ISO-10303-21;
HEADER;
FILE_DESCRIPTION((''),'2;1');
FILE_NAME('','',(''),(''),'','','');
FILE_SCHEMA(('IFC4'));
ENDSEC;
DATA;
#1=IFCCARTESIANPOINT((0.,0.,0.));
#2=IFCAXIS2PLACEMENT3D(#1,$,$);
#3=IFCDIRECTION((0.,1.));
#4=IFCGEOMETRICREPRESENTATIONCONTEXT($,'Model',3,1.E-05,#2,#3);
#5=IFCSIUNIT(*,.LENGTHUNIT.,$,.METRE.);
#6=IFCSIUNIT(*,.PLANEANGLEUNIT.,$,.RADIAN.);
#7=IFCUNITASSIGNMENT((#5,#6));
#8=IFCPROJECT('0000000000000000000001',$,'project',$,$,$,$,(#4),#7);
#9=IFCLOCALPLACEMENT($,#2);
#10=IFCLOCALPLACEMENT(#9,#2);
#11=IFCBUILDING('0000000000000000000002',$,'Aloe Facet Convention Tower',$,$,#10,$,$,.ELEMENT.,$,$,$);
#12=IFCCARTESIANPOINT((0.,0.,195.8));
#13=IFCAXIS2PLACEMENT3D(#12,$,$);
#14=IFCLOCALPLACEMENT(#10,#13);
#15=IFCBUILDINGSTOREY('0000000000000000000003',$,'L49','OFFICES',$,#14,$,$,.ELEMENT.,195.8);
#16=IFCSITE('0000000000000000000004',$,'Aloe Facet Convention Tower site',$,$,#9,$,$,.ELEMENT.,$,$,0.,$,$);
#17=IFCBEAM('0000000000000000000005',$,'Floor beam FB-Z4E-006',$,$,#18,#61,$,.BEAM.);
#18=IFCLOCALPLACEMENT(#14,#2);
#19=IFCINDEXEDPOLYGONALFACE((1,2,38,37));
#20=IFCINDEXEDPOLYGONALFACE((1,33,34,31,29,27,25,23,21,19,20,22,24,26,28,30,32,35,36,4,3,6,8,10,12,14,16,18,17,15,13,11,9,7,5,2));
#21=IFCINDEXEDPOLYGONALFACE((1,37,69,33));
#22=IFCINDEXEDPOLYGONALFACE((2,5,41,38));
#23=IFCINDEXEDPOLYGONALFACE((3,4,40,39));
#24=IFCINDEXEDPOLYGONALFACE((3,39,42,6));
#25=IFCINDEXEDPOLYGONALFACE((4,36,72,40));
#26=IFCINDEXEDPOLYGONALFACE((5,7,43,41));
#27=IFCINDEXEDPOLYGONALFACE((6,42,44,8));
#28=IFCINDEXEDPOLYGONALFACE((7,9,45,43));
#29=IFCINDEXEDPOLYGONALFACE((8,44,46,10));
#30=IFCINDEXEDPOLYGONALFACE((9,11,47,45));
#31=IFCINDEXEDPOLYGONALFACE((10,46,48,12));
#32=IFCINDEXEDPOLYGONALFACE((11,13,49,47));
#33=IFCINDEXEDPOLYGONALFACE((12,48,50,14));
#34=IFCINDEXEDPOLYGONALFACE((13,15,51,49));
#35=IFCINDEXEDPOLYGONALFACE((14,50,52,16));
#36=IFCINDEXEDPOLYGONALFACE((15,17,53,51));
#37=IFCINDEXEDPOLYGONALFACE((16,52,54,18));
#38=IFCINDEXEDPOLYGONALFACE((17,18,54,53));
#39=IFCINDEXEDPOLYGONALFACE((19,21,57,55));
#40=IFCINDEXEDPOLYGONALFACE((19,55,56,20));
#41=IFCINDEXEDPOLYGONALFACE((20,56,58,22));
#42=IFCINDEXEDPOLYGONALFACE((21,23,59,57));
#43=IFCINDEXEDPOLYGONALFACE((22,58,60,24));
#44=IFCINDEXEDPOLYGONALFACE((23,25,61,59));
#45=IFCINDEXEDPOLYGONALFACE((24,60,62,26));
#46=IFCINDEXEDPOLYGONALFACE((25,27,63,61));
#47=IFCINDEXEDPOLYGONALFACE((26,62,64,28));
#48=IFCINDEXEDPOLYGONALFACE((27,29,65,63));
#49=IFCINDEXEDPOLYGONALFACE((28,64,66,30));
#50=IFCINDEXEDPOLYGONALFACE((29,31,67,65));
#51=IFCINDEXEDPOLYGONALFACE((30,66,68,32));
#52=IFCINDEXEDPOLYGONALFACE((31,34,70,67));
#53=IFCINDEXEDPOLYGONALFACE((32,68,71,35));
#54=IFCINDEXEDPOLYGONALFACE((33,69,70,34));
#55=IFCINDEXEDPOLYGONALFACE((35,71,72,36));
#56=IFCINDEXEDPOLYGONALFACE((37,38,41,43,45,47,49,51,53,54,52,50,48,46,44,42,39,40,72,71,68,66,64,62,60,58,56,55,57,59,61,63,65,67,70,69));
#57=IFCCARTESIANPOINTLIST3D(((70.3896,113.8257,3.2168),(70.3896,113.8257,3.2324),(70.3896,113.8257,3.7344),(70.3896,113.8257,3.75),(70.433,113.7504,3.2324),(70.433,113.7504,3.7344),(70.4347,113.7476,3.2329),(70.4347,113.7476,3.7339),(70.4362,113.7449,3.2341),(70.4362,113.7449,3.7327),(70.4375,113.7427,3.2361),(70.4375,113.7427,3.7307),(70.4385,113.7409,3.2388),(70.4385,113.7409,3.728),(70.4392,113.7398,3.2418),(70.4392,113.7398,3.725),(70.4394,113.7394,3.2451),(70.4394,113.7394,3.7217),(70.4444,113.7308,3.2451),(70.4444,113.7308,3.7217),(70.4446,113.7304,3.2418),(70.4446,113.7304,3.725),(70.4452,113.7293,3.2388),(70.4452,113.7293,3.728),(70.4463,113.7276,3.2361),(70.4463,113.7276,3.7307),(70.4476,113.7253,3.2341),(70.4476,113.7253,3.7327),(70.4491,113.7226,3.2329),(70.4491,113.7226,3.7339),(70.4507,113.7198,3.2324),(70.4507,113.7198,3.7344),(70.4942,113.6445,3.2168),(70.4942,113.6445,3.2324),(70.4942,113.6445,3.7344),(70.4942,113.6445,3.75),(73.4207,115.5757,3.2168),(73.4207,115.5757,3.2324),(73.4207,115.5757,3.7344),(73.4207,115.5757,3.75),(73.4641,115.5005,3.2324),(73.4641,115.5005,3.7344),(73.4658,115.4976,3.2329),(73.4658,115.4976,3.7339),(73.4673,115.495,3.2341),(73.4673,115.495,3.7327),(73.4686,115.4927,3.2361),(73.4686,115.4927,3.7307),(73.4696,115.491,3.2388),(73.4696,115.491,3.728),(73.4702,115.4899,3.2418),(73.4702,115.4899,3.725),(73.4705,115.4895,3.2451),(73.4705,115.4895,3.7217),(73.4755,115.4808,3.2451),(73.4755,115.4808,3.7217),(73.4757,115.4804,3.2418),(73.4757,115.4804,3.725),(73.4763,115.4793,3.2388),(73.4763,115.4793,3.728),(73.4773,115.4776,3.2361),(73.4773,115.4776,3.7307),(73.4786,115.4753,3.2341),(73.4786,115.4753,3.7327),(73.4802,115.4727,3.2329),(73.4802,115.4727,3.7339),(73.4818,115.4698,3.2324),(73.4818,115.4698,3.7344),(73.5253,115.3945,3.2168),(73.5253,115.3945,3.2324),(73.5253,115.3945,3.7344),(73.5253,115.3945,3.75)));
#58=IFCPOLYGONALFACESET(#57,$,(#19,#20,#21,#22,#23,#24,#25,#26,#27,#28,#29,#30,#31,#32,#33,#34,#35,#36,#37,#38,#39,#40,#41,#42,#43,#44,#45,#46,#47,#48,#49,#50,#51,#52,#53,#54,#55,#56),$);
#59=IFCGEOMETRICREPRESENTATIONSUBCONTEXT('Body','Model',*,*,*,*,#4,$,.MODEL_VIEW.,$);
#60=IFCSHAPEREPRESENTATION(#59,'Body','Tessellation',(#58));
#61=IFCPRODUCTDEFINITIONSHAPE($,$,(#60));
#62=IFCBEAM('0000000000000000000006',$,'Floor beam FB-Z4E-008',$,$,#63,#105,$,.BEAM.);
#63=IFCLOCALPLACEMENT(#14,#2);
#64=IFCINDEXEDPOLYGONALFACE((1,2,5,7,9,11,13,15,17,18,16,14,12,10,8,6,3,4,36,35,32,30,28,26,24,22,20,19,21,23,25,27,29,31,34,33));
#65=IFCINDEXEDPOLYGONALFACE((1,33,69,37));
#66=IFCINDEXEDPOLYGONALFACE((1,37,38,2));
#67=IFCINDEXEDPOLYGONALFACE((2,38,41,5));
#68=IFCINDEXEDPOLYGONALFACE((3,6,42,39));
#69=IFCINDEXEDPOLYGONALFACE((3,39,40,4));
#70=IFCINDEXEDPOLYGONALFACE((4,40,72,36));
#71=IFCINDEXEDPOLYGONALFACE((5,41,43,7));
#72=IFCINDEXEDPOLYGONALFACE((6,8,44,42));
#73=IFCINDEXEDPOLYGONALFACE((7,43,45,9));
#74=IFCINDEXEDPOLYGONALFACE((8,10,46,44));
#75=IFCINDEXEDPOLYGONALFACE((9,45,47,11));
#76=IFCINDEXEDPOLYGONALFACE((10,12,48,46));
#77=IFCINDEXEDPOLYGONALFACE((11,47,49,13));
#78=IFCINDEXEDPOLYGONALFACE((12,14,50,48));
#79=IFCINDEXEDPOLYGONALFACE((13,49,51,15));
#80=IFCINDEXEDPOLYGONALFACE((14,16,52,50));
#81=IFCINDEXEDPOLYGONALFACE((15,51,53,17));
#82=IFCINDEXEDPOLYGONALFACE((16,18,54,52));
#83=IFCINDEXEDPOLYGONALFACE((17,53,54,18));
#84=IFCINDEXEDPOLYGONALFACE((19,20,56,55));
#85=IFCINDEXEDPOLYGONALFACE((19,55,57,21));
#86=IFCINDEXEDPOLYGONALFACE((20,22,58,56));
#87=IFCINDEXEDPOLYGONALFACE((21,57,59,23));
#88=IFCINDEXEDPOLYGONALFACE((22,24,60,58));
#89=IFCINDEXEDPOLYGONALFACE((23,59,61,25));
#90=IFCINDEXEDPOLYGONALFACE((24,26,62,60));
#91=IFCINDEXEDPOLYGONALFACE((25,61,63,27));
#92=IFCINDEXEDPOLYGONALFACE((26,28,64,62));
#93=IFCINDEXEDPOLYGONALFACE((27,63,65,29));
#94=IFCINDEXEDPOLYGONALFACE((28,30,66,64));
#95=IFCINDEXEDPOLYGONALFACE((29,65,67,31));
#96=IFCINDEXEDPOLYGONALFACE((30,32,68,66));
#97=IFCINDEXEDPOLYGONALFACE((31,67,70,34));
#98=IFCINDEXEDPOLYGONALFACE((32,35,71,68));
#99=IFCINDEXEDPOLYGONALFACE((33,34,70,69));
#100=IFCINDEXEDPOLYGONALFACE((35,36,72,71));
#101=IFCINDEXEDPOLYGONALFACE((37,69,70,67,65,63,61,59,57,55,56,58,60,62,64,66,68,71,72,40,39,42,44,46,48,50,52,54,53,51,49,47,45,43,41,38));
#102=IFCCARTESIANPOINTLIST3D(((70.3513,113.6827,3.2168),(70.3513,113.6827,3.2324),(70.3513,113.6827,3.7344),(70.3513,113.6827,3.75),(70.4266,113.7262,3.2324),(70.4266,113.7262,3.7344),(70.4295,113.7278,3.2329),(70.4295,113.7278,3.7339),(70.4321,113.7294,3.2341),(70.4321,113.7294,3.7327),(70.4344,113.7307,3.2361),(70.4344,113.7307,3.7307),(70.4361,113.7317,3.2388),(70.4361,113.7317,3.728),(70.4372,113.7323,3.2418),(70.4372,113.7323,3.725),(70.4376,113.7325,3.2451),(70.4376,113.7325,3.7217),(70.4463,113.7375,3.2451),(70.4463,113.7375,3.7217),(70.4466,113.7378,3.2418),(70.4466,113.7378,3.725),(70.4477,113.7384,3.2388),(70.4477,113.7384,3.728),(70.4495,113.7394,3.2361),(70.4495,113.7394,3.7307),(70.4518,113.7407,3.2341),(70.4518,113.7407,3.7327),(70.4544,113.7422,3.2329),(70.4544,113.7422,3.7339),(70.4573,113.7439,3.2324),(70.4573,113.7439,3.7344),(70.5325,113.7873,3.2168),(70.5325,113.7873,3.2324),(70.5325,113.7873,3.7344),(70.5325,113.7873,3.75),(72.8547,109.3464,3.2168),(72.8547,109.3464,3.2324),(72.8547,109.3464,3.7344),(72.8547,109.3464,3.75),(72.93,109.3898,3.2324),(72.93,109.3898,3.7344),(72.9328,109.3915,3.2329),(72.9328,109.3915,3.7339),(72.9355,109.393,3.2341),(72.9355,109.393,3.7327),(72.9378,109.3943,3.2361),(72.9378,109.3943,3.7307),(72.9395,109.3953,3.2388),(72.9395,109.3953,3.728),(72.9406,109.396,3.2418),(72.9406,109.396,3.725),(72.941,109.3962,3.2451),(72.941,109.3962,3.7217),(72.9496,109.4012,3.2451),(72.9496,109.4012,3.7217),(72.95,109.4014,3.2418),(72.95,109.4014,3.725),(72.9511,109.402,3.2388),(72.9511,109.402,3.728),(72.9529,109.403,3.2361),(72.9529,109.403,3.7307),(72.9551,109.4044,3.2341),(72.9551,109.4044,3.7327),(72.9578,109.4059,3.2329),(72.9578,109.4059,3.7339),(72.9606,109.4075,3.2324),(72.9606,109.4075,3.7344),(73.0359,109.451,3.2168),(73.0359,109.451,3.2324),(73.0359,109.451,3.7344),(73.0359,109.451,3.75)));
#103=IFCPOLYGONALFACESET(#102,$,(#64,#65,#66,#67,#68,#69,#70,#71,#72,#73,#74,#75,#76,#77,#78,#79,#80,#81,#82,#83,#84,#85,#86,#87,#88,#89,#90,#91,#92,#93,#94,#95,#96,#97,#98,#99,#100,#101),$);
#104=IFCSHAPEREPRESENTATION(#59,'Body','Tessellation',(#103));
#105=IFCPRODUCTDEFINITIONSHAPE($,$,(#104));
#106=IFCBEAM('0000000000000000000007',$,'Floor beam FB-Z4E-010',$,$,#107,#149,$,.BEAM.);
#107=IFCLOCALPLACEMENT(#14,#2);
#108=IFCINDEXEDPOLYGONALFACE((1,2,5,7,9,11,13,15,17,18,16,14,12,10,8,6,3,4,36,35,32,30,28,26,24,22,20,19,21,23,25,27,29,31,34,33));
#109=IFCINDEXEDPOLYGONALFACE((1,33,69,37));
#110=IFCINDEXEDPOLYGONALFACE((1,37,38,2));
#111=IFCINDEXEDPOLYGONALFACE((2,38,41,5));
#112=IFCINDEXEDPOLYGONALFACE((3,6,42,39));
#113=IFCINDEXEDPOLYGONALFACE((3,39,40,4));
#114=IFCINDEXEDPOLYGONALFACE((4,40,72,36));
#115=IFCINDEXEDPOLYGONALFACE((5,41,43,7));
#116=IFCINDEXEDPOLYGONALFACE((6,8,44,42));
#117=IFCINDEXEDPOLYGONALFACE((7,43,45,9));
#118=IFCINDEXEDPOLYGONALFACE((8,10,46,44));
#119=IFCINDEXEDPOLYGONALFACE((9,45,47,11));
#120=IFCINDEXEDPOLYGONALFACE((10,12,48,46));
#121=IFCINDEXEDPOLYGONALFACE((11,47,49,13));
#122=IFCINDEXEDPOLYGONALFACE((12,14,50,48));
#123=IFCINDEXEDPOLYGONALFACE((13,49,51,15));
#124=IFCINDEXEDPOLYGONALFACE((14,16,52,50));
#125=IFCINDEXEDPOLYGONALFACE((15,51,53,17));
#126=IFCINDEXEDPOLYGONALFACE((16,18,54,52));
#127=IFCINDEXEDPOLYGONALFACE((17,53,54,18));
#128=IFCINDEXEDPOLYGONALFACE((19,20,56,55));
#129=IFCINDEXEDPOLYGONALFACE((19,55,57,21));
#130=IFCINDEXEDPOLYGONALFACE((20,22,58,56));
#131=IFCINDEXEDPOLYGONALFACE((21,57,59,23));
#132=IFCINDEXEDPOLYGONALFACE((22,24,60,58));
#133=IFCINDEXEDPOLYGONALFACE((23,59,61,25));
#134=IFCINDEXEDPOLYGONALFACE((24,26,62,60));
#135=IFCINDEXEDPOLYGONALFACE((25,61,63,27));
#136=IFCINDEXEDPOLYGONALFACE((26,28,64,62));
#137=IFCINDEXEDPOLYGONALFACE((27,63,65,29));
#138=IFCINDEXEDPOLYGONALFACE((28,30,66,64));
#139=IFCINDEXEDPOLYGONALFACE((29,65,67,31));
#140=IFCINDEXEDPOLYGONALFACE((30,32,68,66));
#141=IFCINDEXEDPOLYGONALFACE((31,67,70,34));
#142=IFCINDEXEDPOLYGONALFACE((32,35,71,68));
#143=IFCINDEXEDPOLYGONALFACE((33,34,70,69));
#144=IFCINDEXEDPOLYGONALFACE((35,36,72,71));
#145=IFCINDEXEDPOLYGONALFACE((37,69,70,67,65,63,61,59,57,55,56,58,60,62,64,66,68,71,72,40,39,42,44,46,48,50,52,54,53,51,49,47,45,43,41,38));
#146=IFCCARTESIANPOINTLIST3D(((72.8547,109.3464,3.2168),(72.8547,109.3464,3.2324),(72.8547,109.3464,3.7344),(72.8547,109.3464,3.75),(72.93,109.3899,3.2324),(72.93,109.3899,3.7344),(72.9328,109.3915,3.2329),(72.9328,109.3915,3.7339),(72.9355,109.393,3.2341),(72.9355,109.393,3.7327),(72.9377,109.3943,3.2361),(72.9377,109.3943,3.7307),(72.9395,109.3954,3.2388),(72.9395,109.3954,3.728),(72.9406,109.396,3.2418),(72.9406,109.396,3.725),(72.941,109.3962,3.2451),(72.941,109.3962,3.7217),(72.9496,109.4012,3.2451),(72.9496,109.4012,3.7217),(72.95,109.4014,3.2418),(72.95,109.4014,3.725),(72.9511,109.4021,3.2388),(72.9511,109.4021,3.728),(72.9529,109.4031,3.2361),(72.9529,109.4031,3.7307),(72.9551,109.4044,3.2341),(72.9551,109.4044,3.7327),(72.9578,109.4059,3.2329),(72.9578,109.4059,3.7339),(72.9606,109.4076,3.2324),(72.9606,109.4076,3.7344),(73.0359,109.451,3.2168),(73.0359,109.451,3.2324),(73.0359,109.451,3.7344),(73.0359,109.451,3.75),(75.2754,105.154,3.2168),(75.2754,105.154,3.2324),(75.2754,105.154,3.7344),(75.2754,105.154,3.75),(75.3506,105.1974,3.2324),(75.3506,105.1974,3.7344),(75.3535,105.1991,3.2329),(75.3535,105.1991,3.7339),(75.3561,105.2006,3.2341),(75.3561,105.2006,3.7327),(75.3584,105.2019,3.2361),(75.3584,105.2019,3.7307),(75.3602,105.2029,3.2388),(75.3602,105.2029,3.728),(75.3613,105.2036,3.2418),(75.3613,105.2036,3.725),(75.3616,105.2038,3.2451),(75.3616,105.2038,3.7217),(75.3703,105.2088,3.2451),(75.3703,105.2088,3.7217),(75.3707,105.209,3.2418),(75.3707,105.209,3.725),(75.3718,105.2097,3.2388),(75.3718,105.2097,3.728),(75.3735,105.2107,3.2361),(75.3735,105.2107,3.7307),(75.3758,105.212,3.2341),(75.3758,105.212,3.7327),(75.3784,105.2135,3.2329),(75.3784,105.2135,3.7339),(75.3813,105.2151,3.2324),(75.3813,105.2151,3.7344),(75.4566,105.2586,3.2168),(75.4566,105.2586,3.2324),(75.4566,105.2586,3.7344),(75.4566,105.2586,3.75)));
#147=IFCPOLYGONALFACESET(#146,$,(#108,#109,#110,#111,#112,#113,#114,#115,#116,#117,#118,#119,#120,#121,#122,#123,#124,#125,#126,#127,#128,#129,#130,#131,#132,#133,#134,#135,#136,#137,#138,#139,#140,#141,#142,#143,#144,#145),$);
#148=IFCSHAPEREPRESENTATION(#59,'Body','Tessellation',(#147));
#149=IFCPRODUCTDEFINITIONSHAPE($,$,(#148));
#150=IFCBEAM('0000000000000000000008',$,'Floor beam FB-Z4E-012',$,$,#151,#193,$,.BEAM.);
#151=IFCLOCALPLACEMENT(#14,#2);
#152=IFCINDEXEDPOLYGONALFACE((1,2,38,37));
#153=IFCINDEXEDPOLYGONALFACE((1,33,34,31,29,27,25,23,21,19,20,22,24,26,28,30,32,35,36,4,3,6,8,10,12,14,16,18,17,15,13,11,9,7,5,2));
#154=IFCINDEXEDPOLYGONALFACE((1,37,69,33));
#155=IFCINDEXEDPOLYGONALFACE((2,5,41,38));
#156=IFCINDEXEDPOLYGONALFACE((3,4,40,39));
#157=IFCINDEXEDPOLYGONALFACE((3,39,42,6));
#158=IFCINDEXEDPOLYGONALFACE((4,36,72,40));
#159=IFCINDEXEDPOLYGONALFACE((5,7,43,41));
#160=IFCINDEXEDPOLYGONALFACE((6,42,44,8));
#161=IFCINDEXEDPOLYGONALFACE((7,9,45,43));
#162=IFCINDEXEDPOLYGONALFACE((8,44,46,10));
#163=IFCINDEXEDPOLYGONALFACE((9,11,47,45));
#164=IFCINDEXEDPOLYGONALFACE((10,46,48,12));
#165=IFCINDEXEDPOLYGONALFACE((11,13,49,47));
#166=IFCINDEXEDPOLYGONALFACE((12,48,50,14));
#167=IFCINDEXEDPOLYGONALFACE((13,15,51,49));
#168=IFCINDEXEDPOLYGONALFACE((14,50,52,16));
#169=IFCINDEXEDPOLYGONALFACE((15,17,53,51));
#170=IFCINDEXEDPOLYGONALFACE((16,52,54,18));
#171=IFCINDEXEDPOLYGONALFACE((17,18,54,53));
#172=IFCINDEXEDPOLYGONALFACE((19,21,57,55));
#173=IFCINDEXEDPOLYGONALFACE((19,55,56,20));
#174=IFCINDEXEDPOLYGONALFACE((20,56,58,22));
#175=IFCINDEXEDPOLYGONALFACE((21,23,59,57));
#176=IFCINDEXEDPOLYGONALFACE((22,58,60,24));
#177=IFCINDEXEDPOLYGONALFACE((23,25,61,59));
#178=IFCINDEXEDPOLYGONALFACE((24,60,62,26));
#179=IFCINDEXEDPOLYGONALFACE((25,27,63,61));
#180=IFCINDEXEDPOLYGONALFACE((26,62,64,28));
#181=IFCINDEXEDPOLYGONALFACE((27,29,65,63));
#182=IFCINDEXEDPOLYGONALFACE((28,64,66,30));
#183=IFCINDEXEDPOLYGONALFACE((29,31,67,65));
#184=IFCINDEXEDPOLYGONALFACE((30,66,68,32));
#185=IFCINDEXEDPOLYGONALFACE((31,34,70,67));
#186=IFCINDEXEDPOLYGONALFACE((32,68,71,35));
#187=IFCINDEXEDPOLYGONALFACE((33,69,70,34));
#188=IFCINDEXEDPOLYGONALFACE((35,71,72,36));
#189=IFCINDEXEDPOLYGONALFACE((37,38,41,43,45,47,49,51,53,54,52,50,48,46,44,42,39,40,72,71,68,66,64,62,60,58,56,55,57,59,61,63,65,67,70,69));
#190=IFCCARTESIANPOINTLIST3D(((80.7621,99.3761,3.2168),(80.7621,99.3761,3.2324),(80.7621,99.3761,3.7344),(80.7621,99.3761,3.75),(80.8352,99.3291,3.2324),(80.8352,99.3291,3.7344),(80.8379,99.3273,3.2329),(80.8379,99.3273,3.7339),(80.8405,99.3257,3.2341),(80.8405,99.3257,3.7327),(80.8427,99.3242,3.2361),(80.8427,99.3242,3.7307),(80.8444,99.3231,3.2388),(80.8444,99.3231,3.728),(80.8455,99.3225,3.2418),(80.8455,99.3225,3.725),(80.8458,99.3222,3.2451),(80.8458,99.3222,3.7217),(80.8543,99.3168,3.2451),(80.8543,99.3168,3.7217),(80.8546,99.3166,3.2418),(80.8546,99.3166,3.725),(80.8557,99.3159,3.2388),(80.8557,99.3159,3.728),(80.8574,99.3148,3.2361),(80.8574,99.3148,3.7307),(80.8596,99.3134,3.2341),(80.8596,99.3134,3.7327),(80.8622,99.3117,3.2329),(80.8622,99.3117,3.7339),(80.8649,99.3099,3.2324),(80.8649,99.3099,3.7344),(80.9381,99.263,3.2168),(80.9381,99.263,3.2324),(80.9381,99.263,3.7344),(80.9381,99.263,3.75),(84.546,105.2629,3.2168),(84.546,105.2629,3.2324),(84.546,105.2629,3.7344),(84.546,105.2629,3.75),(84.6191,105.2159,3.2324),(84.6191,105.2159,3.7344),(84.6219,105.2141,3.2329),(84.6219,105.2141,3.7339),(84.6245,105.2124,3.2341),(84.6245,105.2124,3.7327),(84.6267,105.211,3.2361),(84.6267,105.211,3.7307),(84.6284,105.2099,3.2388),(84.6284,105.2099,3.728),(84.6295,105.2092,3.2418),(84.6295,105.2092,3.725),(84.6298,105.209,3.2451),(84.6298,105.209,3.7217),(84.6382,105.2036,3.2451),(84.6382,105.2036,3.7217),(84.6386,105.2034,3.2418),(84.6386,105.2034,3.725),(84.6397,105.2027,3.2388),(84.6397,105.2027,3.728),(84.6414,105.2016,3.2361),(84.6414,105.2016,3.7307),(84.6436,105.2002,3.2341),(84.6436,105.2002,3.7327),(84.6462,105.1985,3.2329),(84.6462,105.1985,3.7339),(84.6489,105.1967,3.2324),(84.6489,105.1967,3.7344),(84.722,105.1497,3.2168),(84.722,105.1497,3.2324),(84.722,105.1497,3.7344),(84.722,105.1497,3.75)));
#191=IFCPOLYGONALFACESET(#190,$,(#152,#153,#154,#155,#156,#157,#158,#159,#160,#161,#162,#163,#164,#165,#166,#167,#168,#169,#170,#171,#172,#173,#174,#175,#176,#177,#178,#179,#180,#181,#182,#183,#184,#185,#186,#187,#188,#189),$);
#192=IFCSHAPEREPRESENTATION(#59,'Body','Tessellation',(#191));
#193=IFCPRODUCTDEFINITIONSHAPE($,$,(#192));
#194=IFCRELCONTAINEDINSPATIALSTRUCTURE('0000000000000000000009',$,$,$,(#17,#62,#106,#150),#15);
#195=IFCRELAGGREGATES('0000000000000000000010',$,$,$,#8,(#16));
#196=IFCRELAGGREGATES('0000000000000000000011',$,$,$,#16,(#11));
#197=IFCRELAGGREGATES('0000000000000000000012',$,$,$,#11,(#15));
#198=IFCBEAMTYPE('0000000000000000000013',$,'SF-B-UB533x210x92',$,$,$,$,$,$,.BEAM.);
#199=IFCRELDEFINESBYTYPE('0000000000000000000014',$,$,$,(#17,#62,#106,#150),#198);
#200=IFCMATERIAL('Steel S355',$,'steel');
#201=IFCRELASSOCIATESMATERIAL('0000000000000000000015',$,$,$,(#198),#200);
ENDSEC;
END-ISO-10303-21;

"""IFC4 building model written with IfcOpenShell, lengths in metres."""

from ifc_helpers import new_model, si_unit, direction, frame, origin, origin_2d, place, context, subcontext, project, spatial, i_section, extrude, material, material_profile, profile_set, type_object, element, save


model = new_model("IFC4")

# Units and contexts
model_context = context("Model", 3, precision=1e-05, world=origin(), true_north=direction((0.0, 1.0)))
body_context = subcontext(model_context, "Body", "Model", "MODEL_VIEW")
ifc_project = project(units=[si_unit("LENGTHUNIT", "METRE"), si_unit("PLANEANGLEUNIT", "RADIAN")], contexts=[model_context])

# Site, building, storey
site_placement = place(None, origin())
site = spatial("IfcSite", under=ifc_project, at=site_placement, Name="Aloe Facet Convention Tower site", CompositionType="ELEMENT", RefElevation=0.0)
building_placement = place(site_placement, origin())
building = spatial("IfcBuilding", under=site, at=building_placement, Name="Aloe Facet Convention Tower", CompositionType="ELEMENT")
storey_placement = place(building_placement, frame((0.0, 0.0, 195.8)))
storey = spatial("IfcBuildingStorey", under=building, at=storey_placement, Name="L49", Description="OFFICES", CompositionType="ELEMENT", Elevation=195.8)

# Beams
ifc_material_1 = material(Name="Steel S355", Category="steel")
ifc_material_profile_1 = material_profile(ifc_material_1, i_section(OverallWidth=0.2092, OverallDepth=0.5332, WebThickness=0.01, FlangeThickness=0.0156, FilletRadius=0.0127, at=origin_2d()), Name="UB 533x210x92")
ifc_profile_set_1 = profile_set([ifc_material_profile_1], Name="Steel S355")
beam_type_1 = type_object("IfcBeamType", Name="SF-B-UB533x210x92", PredefinedType="BEAM", material=ifc_profile_set_1)
beam_1_placement = place(storey_placement, frame((70.4419, 113.7351, 3.4834), z_axis=(0.866019, 0.50001, 0.0), x_axis=(-0.50001, 0.866019, 0.0)))
element("IfcBeam", 1, at=beam_1_placement, inside=storey, type_object=beam_type_1, Name="Floor beam FB-Z4E-006", PredefinedType="BEAM", context=body_context, shape_type="SweptSolid", body=[
    extrude(i_section(OverallWidth=0.2092, OverallDepth=0.5332, WebThickness=0.01, FlangeThickness=0.0156, FilletRadius=0.0127, at=origin_2d()), origin(), (0.0, 0.0, 1.0), 3.5),
])
beam_2_placement = place(storey_placement, frame((72.9453, 109.3987, 3.4834), z_axis=(-0.499967, 0.866044, 0.0), x_axis=(-0.866044, -0.499967, 0.0)))
element("IfcBeam", 2, at=beam_2_placement, inside=storey, type_object=beam_type_1, Name="Floor beam FB-Z4E-008", PredefinedType="BEAM", context=body_context, shape_type="SweptSolid", body=[
    extrude(i_section(OverallWidth=0.2092, OverallDepth=0.5332, WebThickness=0.01, FlangeThickness=0.0156, FilletRadius=0.0127, at=origin_2d()), origin(), (0.0, 0.0, 1.0), 5.0071),
])
beam_3_placement = place(storey_placement, frame((75.366, 105.2063, 3.4834), z_axis=(-0.500028, 0.866009, 0.0), x_axis=(-0.866009, -0.500028, 0.0)))
element("IfcBeam", 3, at=beam_3_placement, inside=storey, type_object=beam_type_1, Name="Floor beam FB-Z4E-010", PredefinedType="BEAM", context=body_context, shape_type="SweptSolid", body=[
    extrude(i_section(OverallWidth=0.2092, OverallDepth=0.5332, WebThickness=0.01, FlangeThickness=0.0156, FilletRadius=0.0127, at=origin_2d()), origin(), (0.0, 0.0, 1.0), 4.8411),
])
beam_4_placement = place(storey_placement, frame((84.634, 105.2063, 3.4834), z_axis=(-0.540719, -0.841203, 0.0), x_axis=(0.841203, -0.540719, 0.0)))
element("IfcBeam", 4, at=beam_4_placement, inside=storey, type_object=beam_type_1, Name="Floor beam FB-Z4E-012", PredefinedType="BEAM", context=body_context, shape_type="SweptSolid", body=[
    extrude(i_section(OverallWidth=0.2092, OverallDepth=0.5332, WebThickness=0.01, FlangeThickness=0.0156, FilletRadius=0.0127, at=origin_2d()), origin(), (0.0, 0.0, 1.0), 6.998),
])

save(model, "model.ifc")
